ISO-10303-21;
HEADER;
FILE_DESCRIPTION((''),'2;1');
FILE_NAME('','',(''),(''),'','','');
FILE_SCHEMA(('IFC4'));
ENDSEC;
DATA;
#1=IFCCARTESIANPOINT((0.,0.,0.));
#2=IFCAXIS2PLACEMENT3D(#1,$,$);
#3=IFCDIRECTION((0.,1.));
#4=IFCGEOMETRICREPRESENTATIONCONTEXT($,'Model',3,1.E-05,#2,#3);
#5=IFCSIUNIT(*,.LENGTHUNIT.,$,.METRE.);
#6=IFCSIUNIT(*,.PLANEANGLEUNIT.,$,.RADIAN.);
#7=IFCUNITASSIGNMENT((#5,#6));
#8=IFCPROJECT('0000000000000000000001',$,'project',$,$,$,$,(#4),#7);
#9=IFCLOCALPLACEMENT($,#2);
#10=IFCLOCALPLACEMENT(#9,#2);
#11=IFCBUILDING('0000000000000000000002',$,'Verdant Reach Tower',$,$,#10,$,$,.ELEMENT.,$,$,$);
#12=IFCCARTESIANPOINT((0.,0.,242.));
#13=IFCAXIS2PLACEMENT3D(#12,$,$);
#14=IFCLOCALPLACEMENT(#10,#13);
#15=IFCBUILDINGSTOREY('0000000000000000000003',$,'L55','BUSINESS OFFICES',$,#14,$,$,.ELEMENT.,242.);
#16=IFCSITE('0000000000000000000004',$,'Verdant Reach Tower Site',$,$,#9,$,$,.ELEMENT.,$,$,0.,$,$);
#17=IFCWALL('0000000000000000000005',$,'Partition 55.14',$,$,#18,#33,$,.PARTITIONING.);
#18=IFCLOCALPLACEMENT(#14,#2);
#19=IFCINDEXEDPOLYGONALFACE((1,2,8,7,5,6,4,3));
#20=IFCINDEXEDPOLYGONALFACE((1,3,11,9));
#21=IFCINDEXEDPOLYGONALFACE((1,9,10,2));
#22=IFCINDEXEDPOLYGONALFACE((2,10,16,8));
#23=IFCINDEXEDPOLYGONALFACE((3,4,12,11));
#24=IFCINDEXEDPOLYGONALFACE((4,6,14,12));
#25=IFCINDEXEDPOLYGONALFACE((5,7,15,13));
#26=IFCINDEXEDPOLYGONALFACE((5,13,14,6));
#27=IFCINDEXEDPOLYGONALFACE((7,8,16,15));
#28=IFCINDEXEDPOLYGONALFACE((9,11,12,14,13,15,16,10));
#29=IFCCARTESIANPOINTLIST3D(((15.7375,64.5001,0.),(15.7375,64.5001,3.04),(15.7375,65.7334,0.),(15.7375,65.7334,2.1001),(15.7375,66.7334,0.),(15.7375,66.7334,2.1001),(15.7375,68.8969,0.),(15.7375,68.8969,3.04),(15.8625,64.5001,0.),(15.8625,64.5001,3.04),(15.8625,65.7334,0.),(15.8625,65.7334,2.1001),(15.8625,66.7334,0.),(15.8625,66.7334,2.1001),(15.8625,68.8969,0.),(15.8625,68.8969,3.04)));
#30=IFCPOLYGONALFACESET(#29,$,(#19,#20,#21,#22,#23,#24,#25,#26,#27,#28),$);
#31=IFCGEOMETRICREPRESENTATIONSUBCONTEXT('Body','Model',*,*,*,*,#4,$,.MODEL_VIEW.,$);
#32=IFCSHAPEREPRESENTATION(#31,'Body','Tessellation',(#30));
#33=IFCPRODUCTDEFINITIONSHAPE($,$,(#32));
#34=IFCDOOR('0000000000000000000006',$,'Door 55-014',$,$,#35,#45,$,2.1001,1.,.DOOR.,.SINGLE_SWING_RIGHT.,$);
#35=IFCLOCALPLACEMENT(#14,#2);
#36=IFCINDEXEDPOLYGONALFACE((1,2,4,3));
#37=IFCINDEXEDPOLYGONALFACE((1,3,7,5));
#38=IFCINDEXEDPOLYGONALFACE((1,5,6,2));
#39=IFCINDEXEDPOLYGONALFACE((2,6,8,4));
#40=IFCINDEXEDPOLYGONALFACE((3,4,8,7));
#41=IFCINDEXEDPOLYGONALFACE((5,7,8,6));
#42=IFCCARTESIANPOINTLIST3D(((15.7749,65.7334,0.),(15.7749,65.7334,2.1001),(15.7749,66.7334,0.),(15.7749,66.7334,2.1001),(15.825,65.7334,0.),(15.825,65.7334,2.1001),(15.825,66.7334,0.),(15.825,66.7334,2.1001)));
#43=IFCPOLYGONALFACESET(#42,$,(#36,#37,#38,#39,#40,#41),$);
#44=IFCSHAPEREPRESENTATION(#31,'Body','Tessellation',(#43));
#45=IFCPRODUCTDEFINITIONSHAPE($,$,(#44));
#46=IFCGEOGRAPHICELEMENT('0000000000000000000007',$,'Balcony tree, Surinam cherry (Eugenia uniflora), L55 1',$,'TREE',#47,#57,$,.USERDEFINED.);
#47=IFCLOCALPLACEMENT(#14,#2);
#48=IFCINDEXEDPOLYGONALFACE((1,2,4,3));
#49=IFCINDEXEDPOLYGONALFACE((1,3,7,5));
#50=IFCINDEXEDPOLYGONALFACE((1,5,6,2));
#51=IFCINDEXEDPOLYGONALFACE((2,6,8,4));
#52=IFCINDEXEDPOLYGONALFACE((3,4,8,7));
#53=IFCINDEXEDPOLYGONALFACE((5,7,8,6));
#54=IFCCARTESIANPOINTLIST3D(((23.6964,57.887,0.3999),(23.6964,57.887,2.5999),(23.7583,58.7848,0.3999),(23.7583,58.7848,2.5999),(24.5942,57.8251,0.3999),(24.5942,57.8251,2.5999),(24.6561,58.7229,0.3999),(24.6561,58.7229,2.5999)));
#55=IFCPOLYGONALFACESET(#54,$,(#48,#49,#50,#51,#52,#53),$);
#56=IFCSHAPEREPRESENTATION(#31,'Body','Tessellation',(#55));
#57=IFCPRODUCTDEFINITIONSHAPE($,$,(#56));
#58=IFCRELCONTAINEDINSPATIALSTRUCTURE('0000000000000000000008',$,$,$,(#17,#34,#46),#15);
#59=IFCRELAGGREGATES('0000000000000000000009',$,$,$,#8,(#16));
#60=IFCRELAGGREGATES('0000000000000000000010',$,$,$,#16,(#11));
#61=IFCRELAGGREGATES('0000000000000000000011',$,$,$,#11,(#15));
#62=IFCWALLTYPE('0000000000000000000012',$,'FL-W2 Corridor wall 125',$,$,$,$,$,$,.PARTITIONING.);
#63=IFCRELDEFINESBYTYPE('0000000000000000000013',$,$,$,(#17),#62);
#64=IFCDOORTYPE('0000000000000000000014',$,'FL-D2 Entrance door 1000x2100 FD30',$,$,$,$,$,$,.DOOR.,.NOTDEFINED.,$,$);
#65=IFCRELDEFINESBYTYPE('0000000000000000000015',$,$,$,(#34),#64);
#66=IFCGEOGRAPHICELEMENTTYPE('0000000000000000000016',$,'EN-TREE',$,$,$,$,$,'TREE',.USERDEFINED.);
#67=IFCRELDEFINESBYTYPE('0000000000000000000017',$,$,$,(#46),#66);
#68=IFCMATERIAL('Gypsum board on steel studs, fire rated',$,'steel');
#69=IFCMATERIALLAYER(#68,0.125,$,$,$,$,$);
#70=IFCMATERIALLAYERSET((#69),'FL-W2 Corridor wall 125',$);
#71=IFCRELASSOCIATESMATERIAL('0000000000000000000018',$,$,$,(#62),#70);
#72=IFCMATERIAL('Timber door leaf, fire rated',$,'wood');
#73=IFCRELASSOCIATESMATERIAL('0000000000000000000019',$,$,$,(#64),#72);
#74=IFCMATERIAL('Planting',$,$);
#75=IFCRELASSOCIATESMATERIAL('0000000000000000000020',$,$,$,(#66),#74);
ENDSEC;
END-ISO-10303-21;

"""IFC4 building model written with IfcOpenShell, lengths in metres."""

from ifc_helpers import new_model, si_unit, direction, frame, frame_2d, origin, origin_2d, place, context, subcontext, project, spatial, rectangle, extrude, material, layer, layer_set, type_object, element, fill, save


model = new_model("IFC4")

# Units and contexts
model_context = context("Model", 3, precision=1e-05, world=origin(), true_north=direction((0.0, 1.0)))
body_context = subcontext(model_context, "Body", "Model", "MODEL_VIEW")
ifc_project = project(units=[si_unit("LENGTHUNIT", "METRE"), si_unit("PLANEANGLEUNIT", "RADIAN")], contexts=[model_context])

# Site, building, storey
site_placement = place(None, origin())
site = spatial("IfcSite", under=ifc_project, at=site_placement, Name="Verdant Reach Tower Site", CompositionType="ELEMENT", RefElevation=0.0)
building_placement = place(site_placement, origin())
building = spatial("IfcBuilding", under=site, at=building_placement, Name="Verdant Reach Tower", CompositionType="ELEMENT")
storey_placement = place(building_placement, frame((0.0, 0.0, 242.0)))
storey = spatial("IfcBuildingStorey", under=building, at=storey_placement, Name="L55", Description="BUSINESS OFFICES", CompositionType="ELEMENT", Elevation=242.0)

# Wall, opening, door
ifc_material_1 = material(Name="Gypsum board on steel studs, fire rated", Category="steel")
ifc_layer_1 = layer(ifc_material_1, 0.125)
ifc_layer_set_1 = layer_set([ifc_layer_1], Name="FL-W2 Corridor wall 125")
wall_type_1 = type_object("IfcWallType", Name="FL-W2 Corridor wall 125", PredefinedType="PARTITIONING", material=ifc_layer_set_1)
wall_1_placement = place(storey_placement, frame((15.8, 68.8967, 0.0), z_axis=(0.0, 0.0, 1.0), x_axis=(0.0, -1.0, 0.0)))
wall_1 = element("IfcWall", 1, at=wall_1_placement, inside=storey, type_object=wall_type_1, Name="Partition 55.14", PredefinedType="PARTITIONING", context=body_context, shape_type="SweptSolid", body=[
    extrude(rectangle(XDim=4.3967, YDim=0.125, at=frame_2d((2.1982, 0.0))), origin(), (0.0, 0.0, 1.0), 3.04),
])
opening_1_placement = place(wall_1_placement, frame((2.1633, 0.0, 0.0)))
opening_1 = element("IfcOpeningElement", 2, at=opening_1_placement, cuts=wall_1, PredefinedType="OPENING", context=body_context, shape_type="SweptSolid", body=[
    extrude(rectangle(XDim=1.0, YDim=2.1001, at=frame_2d((0.5, 1.05))), frame((0.0, 0.0725, 0.0), z_axis=(0.0, -1.0, 0.0), x_axis=(1.0, 0.0, 0.0)), (0.0, 0.0, 1.0), 0.145),
])
ifc_material_2 = material(Name="Timber door leaf, fire rated", Category="wood")
door_type_1 = type_object("IfcDoorType", Name="FL-D2 Entrance door 1000x2100 FD30", OperationType="NOTDEFINED", PredefinedType="DOOR", material=ifc_material_2)
door_1_placement = place(opening_1_placement, origin())
door_1 = element("IfcDoor", 3, at=door_1_placement, inside=storey, type_object=door_type_1, Name="Door 55-014", OperationType="SINGLE_SWING_RIGHT", OverallHeight=2.1001, OverallWidth=1.0, PredefinedType="DOOR", context=body_context, shape_type="SweptSolid", body=[
    extrude(rectangle(XDim=1.0, YDim=2.1001, at=frame_2d((0.5, 1.05))), frame((0.0, 0.0249, 0.0), z_axis=(0.0, -1.0, 0.0), x_axis=(1.0, 0.0, 0.0)), (0.0, 0.0, 1.0), 0.05),
])
fill(opening_1, door_1)

# Geographic element
ifc_material_3 = material(Name="Planting")
geographic_element_type = type_object("IfcGeographicElementType", Name="EN-TREE", ElementType="TREE", PredefinedType="USERDEFINED", material=ifc_material_3)
geographic_element_placement = place(storey_placement, frame((24.1763, 58.3049, 0.3999), z_axis=(0.0, 0.0, 1.0), x_axis=(0.068802, 0.99763, 0.0)))
element("IfcGeographicElement", 4, at=geographic_element_placement, inside=storey, type_object=geographic_element_type, Name="Balcony tree, Surinam cherry (Eugenia uniflora), L55 1", ObjectType="TREE", PredefinedType="USERDEFINED", context=body_context, shape_type="SweptSolid", body=[
    extrude(rectangle(XDim=0.8999, YDim=0.8999, at=origin_2d()), origin(), (0.0, 0.0, 1.0), 2.2),
])

save(model, "model.ifc")
